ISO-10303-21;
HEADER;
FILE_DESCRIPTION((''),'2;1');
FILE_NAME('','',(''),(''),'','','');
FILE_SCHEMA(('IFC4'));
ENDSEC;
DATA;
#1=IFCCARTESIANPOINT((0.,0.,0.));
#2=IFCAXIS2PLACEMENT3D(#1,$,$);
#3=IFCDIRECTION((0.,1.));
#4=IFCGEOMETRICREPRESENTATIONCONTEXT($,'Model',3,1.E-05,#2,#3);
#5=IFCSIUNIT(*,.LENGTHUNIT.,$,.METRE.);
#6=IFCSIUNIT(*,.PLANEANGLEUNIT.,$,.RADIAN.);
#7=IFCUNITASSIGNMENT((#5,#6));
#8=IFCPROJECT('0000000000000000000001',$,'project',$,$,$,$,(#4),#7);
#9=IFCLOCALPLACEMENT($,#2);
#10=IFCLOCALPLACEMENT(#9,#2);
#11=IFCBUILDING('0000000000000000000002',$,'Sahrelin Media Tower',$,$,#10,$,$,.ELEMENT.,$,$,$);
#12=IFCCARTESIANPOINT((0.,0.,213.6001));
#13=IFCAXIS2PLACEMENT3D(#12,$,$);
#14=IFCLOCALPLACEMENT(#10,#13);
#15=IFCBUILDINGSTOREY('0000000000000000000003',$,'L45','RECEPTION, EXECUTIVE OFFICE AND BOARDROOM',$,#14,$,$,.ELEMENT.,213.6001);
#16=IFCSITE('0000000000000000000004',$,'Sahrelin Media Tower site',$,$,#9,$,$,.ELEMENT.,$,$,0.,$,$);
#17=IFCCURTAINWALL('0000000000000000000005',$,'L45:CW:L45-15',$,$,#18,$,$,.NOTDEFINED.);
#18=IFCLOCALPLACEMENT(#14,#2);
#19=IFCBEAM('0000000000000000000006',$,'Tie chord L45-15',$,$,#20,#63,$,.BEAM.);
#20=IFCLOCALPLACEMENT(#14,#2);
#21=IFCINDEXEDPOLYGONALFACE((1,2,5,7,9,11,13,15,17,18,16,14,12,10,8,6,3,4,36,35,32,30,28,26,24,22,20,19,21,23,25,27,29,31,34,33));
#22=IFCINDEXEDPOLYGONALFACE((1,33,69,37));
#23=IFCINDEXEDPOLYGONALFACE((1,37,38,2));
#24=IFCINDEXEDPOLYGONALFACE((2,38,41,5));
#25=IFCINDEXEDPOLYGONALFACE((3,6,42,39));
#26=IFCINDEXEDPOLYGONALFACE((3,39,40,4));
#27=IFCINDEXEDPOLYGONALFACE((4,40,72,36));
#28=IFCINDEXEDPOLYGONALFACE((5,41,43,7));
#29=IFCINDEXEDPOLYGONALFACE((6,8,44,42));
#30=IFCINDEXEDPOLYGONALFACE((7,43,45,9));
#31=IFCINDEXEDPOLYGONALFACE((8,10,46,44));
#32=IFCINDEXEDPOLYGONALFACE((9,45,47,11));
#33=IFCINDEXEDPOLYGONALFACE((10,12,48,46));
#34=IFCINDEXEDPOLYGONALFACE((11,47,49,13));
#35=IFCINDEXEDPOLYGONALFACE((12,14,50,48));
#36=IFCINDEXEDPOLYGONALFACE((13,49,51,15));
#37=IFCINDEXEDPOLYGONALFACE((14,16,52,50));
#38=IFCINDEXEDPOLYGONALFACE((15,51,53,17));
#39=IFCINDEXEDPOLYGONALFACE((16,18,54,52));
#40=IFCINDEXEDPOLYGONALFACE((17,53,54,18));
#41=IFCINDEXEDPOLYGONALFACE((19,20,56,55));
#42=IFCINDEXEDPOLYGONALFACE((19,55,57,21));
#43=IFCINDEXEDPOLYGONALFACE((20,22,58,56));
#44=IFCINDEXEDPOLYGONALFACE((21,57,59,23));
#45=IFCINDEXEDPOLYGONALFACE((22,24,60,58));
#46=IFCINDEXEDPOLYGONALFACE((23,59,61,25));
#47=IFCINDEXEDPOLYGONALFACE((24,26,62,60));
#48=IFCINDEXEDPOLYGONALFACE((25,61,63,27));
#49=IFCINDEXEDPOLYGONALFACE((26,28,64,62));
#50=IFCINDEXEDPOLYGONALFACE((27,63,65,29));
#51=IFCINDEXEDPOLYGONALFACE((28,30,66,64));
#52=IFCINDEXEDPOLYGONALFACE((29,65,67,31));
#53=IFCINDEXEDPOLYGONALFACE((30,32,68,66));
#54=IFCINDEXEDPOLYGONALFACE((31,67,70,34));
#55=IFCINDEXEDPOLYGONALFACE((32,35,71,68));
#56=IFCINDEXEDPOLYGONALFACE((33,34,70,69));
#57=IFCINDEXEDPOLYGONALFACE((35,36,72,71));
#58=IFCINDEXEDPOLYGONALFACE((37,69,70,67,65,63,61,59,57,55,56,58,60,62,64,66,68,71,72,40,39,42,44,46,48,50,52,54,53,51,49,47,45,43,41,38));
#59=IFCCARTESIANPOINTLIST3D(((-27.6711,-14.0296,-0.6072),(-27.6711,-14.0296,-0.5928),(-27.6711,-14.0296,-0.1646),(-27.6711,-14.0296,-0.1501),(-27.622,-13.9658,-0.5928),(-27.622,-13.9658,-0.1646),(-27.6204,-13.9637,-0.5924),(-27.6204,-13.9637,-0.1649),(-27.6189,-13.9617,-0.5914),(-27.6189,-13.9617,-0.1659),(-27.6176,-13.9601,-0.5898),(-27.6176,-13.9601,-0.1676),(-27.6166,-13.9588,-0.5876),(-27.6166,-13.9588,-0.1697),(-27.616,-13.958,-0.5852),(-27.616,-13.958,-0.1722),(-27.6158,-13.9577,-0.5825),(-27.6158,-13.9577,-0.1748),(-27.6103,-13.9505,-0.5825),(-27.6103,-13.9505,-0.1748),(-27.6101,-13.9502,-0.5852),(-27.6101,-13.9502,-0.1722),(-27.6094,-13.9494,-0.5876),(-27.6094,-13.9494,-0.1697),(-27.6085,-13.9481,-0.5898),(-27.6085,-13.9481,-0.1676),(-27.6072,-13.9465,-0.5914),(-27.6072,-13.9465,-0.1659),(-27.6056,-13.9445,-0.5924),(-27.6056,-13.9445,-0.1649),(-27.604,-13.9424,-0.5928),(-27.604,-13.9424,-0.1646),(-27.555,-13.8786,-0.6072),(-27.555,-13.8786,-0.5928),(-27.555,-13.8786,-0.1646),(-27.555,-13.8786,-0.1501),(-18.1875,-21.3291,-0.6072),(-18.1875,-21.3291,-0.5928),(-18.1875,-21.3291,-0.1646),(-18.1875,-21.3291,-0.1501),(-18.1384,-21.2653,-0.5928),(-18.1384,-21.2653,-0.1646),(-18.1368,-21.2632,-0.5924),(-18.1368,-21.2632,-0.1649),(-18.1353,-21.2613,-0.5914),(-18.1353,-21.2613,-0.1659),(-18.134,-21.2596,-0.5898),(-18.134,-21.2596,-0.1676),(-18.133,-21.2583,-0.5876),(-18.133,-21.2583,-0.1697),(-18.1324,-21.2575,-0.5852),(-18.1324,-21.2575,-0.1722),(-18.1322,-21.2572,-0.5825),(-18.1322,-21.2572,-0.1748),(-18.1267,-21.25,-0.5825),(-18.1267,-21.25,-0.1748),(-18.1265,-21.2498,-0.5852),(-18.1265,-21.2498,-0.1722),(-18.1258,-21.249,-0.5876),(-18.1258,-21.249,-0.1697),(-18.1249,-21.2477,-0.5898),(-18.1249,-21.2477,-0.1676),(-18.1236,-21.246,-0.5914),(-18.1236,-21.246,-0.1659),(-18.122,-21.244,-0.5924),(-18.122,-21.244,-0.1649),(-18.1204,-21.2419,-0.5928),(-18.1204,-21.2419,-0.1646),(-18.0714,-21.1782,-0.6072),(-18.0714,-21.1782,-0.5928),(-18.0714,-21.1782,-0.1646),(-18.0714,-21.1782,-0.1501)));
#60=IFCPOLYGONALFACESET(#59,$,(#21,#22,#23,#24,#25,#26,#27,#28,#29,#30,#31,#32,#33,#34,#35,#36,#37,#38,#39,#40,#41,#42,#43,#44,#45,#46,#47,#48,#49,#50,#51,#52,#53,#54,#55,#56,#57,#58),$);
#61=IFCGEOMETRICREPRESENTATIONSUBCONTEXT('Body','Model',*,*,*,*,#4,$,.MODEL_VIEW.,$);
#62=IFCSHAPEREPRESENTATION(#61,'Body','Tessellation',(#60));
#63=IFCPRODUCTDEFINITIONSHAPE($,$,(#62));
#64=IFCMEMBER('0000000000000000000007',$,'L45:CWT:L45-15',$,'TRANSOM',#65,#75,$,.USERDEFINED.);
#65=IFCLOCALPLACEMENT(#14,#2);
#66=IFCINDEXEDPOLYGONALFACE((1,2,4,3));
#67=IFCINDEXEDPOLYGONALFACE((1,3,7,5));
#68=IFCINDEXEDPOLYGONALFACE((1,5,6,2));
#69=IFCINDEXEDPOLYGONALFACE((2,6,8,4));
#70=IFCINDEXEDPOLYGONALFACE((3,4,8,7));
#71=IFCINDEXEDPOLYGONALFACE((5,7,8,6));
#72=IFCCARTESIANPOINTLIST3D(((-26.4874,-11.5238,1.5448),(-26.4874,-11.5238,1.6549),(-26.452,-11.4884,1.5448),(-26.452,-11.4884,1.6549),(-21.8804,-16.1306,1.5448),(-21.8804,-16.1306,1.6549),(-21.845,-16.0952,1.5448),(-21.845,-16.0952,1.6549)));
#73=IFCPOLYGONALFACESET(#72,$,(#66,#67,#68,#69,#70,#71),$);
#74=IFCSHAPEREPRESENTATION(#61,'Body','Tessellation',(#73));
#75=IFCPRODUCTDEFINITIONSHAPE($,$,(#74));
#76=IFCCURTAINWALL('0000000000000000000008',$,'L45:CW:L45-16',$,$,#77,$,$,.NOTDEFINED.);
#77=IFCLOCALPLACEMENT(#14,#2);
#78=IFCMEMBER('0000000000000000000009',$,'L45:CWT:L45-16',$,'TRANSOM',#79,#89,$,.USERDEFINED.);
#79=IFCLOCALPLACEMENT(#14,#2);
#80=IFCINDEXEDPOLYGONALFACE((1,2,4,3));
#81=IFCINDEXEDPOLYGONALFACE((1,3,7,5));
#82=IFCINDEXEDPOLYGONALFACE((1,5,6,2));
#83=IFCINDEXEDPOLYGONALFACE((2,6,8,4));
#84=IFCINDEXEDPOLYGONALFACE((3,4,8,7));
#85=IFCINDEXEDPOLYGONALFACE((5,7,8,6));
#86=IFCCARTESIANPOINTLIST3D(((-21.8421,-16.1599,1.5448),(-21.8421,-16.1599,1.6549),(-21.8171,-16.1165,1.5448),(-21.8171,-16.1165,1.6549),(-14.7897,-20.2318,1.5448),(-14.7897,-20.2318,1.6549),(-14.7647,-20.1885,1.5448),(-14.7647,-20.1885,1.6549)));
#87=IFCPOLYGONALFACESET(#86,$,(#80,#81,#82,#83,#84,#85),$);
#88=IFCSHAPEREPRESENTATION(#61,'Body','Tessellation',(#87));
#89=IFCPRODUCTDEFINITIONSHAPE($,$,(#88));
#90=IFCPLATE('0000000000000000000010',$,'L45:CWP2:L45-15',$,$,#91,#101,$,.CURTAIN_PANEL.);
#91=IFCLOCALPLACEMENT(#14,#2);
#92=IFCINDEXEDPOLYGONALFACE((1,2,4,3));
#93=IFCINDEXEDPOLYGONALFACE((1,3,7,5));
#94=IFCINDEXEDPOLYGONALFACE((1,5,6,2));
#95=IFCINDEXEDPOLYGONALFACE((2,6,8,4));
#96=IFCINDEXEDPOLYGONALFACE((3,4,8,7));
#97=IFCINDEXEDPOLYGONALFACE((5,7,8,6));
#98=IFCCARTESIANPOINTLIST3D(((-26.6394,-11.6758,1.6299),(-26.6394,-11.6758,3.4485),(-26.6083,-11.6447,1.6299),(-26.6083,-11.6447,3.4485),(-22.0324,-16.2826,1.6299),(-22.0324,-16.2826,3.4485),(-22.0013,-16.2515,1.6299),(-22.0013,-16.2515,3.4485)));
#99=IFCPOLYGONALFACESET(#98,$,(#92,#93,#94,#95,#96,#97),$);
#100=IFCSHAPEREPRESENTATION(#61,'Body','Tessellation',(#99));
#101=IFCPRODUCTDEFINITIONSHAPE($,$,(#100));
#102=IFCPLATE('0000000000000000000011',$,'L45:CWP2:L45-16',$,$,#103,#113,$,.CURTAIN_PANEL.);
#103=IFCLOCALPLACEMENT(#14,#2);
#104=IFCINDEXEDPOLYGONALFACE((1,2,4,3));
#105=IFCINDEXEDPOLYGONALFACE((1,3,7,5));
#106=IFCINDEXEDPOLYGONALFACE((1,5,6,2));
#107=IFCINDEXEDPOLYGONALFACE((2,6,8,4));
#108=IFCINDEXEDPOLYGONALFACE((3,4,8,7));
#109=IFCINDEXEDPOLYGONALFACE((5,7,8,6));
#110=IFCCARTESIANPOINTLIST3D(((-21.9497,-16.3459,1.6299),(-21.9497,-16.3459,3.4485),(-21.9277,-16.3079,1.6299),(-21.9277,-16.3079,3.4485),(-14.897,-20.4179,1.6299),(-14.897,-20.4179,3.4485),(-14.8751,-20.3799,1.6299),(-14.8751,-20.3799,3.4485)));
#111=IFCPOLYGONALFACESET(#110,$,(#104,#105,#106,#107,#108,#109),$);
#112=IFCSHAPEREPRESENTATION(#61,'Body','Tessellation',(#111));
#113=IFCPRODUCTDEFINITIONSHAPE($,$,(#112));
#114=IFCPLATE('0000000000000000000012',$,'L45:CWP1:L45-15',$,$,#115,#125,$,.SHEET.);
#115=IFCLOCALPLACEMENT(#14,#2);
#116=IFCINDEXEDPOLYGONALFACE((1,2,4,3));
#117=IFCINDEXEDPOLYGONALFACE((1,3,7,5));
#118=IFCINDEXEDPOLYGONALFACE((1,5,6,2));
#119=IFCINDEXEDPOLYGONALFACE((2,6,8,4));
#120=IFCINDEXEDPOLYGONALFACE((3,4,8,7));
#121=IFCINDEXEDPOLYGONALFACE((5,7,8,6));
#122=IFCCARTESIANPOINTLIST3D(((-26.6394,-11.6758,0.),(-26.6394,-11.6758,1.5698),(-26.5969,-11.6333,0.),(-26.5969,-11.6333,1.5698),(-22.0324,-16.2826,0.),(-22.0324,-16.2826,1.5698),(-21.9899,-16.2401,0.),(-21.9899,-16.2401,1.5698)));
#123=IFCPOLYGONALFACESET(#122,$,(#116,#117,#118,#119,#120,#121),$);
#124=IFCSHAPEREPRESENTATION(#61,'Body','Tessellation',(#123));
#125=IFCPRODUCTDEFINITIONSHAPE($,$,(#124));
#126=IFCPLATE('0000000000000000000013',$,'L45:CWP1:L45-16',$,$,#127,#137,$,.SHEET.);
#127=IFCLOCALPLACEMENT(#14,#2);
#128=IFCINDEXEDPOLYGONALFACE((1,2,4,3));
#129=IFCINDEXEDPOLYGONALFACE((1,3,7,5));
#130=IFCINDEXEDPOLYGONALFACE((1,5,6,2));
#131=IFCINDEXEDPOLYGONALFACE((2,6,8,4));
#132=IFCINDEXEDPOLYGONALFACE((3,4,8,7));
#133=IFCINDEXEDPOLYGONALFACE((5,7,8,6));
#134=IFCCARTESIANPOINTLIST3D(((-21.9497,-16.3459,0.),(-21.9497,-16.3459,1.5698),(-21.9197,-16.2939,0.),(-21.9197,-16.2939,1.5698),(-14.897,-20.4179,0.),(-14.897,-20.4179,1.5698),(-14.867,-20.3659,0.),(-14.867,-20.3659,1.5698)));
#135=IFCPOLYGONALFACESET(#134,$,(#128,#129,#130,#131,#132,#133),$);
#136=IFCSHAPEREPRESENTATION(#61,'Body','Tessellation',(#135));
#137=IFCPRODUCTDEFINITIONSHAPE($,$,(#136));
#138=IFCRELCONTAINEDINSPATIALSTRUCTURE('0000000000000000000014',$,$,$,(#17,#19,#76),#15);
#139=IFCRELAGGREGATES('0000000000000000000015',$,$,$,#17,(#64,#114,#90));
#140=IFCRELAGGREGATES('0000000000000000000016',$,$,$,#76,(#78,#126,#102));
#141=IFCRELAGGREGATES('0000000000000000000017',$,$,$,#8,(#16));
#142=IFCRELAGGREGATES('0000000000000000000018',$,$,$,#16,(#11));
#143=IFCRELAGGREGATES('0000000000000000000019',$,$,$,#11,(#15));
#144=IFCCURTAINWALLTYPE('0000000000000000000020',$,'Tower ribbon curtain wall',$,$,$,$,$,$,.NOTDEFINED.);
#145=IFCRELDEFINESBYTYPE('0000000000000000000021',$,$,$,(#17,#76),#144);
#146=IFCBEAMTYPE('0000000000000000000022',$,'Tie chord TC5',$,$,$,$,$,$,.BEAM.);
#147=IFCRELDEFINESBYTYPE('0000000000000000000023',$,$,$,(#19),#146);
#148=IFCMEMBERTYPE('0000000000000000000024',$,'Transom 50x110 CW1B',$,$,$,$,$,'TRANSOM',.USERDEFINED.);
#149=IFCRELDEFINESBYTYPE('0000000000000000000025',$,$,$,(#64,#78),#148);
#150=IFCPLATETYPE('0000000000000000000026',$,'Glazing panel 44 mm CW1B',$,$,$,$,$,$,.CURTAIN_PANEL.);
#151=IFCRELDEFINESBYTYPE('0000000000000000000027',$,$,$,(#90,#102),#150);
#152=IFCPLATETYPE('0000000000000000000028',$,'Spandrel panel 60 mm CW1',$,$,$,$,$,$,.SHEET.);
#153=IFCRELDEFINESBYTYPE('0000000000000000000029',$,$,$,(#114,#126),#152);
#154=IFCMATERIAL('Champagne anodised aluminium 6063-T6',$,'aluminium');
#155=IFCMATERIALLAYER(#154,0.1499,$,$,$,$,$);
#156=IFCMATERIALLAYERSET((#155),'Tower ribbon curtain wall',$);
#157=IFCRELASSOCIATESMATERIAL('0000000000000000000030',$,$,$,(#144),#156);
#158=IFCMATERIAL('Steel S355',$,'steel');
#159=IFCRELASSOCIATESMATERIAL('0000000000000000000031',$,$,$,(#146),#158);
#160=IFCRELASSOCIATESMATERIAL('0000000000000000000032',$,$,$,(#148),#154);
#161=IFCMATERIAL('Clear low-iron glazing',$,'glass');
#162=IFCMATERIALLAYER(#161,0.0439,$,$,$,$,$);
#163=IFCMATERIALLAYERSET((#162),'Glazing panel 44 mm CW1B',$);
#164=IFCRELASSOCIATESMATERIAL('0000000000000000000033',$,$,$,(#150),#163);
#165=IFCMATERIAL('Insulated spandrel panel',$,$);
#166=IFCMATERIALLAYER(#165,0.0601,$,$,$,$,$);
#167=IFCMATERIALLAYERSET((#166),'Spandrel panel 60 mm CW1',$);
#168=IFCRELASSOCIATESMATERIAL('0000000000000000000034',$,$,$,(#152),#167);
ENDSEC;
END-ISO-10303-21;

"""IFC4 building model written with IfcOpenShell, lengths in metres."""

from ifc_helpers import new_model, si_unit, direction, frame, origin, origin_2d, place, context, subcontext, project, spatial, polyline, rectangle, i_section, outline, extrude, material, layer, layer_set, material_profile, profile_set, type_object, element, aggregate, save


model = new_model("IFC4")

# Units and contexts
model_context = context("Model", 3, precision=1e-05, world=origin(), true_north=direction((0.0, 1.0)))
body_context = subcontext(model_context, "Body", "Model", "MODEL_VIEW")
ifc_project = project(units=[si_unit("LENGTHUNIT", "METRE"), si_unit("PLANEANGLEUNIT", "RADIAN")], contexts=[model_context])

# Site, building, storey
site_placement = place(None, origin())
site = spatial("IfcSite", under=ifc_project, at=site_placement, Name="Sahrelin Media Tower site", CompositionType="ELEMENT", RefElevation=0.0)
building_placement = place(site_placement, origin())
building = spatial("IfcBuilding", under=site, at=building_placement, Name="Sahrelin Media Tower", CompositionType="ELEMENT")
storey_placement = place(building_placement, frame((0.0, 0.0, 213.6001)))
storey = spatial("IfcBuildingStorey", under=building, at=storey_placement, Name="L45", Description="RECEPTION, EXECUTIVE OFFICE AND BOARDROOM", CompositionType="ELEMENT", Elevation=213.6001)

# Shared definitions
ifc_material_1 = material(Name="Steel S355", Category="steel")

# Curtain wall
ifc_material_2 = material(Name="Champagne anodised aluminium 6063-T6", Category="aluminium")
ifc_layer_1 = layer(ifc_material_2, 0.1499)
ifc_layer_set_1 = layer_set([ifc_layer_1], Name="Tower ribbon curtain wall")
curtain_wall_type = type_object("IfcCurtainWallType", Name="Tower ribbon curtain wall", PredefinedType="NOTDEFINED", material=ifc_layer_set_1)
curtain_wall_1_placement = place(storey_placement, frame((-24.3218, -13.9648, 0.0), z_axis=(0.0, 0.0, 1.0), x_axis=(1.0, 0.0, 0.0)))
curtain_wall_1 = element("IfcCurtainWall", 1, at=curtain_wall_1_placement, inside=storey, type_object=curtain_wall_type, Name="L45:CW:L45-15", PredefinedType="NOTDEFINED")

# Beam
ifc_material_profile_1 = material_profile(ifc_material_1, i_section(OverallWidth=0.1904, OverallDepth=0.457, WebThickness=0.009, FlangeThickness=0.0144, FilletRadius=0.0103, at=origin_2d()), Name="UB 457x191x74")
ifc_profile_set_1 = profile_set([ifc_material_profile_1], Name="Steel S355")
beam_type_1 = type_object("IfcBeamType", Name="Tie chord TC5", PredefinedType="BEAM", material=ifc_profile_set_1)
beam_1_placement = place(storey_placement, frame((-27.613, -13.9541, -0.3787), z_axis=(0.792444, -0.609944, 0.0), x_axis=(0.609944, 0.792444, 0.0)))
element("IfcBeam", 2, at=beam_1_placement, inside=storey, type_object=beam_type_1, Name="Tie chord L45-15", PredefinedType="BEAM", context=body_context, shape_type="SweptSolid", body=[
    extrude(i_section(OverallWidth=0.1904, OverallDepth=0.457, WebThickness=0.009, FlangeThickness=0.0144, FilletRadius=0.0103, at=origin_2d()), origin(), (0.0, 0.0, 1.0), 11.9675),
])

# Member
ifc_material_profile_2 = material_profile(ifc_material_2, rectangle(XDim=0.05, YDim=0.1101, at=origin_2d()), Name="Transom 50x110")
ifc_profile_set_2 = profile_set([ifc_material_profile_2], Name="Champagne anodised aluminium 6063-T6")
member_type_1 = type_object("IfcMemberType", Name="Transom 50x110 CW1B", ElementType="TRANSOM", PredefinedType="USERDEFINED", material=ifc_profile_set_2)
member_1_placement = place(storey_placement, frame((-26.4697, -11.5061, 1.5999), z_axis=(0.707126, -0.707088, 0.0), x_axis=(0.707088, 0.707126, 0.0)))
member_1 = element("IfcMember", 3, at=member_1_placement, type_object=member_type_1, Name="L45:CWT:L45-15", ObjectType="TRANSOM", PredefinedType="USERDEFINED", context=body_context, shape_type="SweptSolid", body=[
    extrude(rectangle(XDim=0.05, YDim=0.1101, at=origin_2d()), origin(), (0.0, 0.0, 1.0), 6.5151),
])

# Curtain wall, member
curtain_wall_2_placement = place(storey_placement, frame((-18.4133, -18.3645, 0.0), z_axis=(0.0, 0.0, 1.0), x_axis=(1.0, 0.0, 0.0)))
curtain_wall_2 = element("IfcCurtainWall", 4, at=curtain_wall_2_placement, inside=storey, type_object=curtain_wall_type, Name="L45:CW:L45-16", PredefinedType="NOTDEFINED")
member_2_placement = place(storey_placement, frame((-21.8296, -16.1382, 1.5999), z_axis=(0.866011, -0.500024, 0.0), x_axis=(0.500024, 0.866011, 0.0)))
member_2 = element("IfcMember", 5, at=member_2_placement, type_object=member_type_1, Name="L45:CWT:L45-16", ObjectType="TRANSOM", PredefinedType="USERDEFINED", context=body_context, shape_type="SweptSolid", body=[
    extrude(rectangle(XDim=0.05, YDim=0.1101, at=origin_2d()), origin(), (0.0, 0.0, 1.0), 8.1436),
])

# Plates
ifc_material_3 = material(Name="Clear low-iron glazing", Category="glass")
ifc_layer_2 = layer(ifc_material_3, 0.0439)
ifc_layer_set_2 = layer_set([ifc_layer_2], Name="Glazing panel 44 mm CW1B")
plate_type_1 = type_object("IfcPlateType", Name="Glazing panel 44 mm CW1B", PredefinedType="CURTAIN_PANEL", material=ifc_layer_set_2)
plate_1_placement = place(storey_placement, frame((-26.6394, -11.6758, 1.6299), z_axis=(-0.707088, -0.707126, 0.0), x_axis=(0.707126, -0.707088, 0.0)))
plate_1 = element("IfcPlate", 6, at=plate_1_placement, type_object=plate_type_1, Name="L45:CWP2:L45-15", PredefinedType="CURTAIN_PANEL", context=body_context, shape_type="SweptSolid", body=[
    extrude(outline(polyline([(0.0, 0.0), (6.5151, 0.0), (6.5151, 1.8186), (0.0, 1.8186), (0.0, 0.0)])), origin(), (0.0, 0.0, -1.0), 0.0439),
])
plate_2_placement = place(storey_placement, frame((-21.9497, -16.3459, 1.6299), z_axis=(-0.500011, -0.866019, 0.0), x_axis=(0.866019, -0.500011, 0.0)))
plate_2 = element("IfcPlate", 7, at=plate_2_placement, type_object=plate_type_1, Name="L45:CWP2:L45-16", PredefinedType="CURTAIN_PANEL", context=body_context, shape_type="SweptSolid", body=[
    extrude(outline(polyline([(0.0, 0.0), (8.1438, 0.0), (8.1438, 1.8186), (0.0, 1.8186), (0.0, 0.0)])), origin(), (0.0, 0.0, -1.0), 0.0439),
])
ifc_material_4 = material(Name="Insulated spandrel panel")
ifc_layer_3 = layer(ifc_material_4, 0.0601)
ifc_layer_set_3 = layer_set([ifc_layer_3], Name="Spandrel panel 60 mm CW1")
plate_type_2 = type_object("IfcPlateType", Name="Spandrel panel 60 mm CW1", PredefinedType="SHEET", material=ifc_layer_set_3)
plate_3_placement = place(storey_placement, frame((-26.6394, -11.6758, 0.0), z_axis=(-0.707088, -0.707126, 0.0), x_axis=(0.707126, -0.707088, 0.0)))
plate_3 = element("IfcPlate", 8, at=plate_3_placement, type_object=plate_type_2, Name="L45:CWP1:L45-15", PredefinedType="SHEET", context=body_context, shape_type="SweptSolid", body=[
    extrude(outline(polyline([(0.0, 0.0), (6.5151, 0.0), (6.5151, 1.5698), (0.0, 1.5698), (0.0, 0.0)])), origin(), (0.0, 0.0, -1.0), 0.0601),
])
aggregate(curtain_wall_1, [member_1, plate_3, plate_1])
plate_4_placement = place(storey_placement, frame((-21.9497, -16.3459, 0.0), z_axis=(-0.500011, -0.866019, 0.0), x_axis=(0.866019, -0.500011, 0.0)))
plate_4 = element("IfcPlate", 9, at=plate_4_placement, type_object=plate_type_2, Name="L45:CWP1:L45-16", PredefinedType="SHEET", context=body_context, shape_type="SweptSolid", body=[
    extrude(outline(polyline([(0.0, 0.0), (8.1438, 0.0), (8.1438, 1.5698), (0.0, 1.5698), (0.0, 0.0)])), origin(), (0.0, 0.0, -1.0), 0.0601),
])
aggregate(curtain_wall_2, [member_2, plate_4, plate_2])

save(model, "model.ifc")
